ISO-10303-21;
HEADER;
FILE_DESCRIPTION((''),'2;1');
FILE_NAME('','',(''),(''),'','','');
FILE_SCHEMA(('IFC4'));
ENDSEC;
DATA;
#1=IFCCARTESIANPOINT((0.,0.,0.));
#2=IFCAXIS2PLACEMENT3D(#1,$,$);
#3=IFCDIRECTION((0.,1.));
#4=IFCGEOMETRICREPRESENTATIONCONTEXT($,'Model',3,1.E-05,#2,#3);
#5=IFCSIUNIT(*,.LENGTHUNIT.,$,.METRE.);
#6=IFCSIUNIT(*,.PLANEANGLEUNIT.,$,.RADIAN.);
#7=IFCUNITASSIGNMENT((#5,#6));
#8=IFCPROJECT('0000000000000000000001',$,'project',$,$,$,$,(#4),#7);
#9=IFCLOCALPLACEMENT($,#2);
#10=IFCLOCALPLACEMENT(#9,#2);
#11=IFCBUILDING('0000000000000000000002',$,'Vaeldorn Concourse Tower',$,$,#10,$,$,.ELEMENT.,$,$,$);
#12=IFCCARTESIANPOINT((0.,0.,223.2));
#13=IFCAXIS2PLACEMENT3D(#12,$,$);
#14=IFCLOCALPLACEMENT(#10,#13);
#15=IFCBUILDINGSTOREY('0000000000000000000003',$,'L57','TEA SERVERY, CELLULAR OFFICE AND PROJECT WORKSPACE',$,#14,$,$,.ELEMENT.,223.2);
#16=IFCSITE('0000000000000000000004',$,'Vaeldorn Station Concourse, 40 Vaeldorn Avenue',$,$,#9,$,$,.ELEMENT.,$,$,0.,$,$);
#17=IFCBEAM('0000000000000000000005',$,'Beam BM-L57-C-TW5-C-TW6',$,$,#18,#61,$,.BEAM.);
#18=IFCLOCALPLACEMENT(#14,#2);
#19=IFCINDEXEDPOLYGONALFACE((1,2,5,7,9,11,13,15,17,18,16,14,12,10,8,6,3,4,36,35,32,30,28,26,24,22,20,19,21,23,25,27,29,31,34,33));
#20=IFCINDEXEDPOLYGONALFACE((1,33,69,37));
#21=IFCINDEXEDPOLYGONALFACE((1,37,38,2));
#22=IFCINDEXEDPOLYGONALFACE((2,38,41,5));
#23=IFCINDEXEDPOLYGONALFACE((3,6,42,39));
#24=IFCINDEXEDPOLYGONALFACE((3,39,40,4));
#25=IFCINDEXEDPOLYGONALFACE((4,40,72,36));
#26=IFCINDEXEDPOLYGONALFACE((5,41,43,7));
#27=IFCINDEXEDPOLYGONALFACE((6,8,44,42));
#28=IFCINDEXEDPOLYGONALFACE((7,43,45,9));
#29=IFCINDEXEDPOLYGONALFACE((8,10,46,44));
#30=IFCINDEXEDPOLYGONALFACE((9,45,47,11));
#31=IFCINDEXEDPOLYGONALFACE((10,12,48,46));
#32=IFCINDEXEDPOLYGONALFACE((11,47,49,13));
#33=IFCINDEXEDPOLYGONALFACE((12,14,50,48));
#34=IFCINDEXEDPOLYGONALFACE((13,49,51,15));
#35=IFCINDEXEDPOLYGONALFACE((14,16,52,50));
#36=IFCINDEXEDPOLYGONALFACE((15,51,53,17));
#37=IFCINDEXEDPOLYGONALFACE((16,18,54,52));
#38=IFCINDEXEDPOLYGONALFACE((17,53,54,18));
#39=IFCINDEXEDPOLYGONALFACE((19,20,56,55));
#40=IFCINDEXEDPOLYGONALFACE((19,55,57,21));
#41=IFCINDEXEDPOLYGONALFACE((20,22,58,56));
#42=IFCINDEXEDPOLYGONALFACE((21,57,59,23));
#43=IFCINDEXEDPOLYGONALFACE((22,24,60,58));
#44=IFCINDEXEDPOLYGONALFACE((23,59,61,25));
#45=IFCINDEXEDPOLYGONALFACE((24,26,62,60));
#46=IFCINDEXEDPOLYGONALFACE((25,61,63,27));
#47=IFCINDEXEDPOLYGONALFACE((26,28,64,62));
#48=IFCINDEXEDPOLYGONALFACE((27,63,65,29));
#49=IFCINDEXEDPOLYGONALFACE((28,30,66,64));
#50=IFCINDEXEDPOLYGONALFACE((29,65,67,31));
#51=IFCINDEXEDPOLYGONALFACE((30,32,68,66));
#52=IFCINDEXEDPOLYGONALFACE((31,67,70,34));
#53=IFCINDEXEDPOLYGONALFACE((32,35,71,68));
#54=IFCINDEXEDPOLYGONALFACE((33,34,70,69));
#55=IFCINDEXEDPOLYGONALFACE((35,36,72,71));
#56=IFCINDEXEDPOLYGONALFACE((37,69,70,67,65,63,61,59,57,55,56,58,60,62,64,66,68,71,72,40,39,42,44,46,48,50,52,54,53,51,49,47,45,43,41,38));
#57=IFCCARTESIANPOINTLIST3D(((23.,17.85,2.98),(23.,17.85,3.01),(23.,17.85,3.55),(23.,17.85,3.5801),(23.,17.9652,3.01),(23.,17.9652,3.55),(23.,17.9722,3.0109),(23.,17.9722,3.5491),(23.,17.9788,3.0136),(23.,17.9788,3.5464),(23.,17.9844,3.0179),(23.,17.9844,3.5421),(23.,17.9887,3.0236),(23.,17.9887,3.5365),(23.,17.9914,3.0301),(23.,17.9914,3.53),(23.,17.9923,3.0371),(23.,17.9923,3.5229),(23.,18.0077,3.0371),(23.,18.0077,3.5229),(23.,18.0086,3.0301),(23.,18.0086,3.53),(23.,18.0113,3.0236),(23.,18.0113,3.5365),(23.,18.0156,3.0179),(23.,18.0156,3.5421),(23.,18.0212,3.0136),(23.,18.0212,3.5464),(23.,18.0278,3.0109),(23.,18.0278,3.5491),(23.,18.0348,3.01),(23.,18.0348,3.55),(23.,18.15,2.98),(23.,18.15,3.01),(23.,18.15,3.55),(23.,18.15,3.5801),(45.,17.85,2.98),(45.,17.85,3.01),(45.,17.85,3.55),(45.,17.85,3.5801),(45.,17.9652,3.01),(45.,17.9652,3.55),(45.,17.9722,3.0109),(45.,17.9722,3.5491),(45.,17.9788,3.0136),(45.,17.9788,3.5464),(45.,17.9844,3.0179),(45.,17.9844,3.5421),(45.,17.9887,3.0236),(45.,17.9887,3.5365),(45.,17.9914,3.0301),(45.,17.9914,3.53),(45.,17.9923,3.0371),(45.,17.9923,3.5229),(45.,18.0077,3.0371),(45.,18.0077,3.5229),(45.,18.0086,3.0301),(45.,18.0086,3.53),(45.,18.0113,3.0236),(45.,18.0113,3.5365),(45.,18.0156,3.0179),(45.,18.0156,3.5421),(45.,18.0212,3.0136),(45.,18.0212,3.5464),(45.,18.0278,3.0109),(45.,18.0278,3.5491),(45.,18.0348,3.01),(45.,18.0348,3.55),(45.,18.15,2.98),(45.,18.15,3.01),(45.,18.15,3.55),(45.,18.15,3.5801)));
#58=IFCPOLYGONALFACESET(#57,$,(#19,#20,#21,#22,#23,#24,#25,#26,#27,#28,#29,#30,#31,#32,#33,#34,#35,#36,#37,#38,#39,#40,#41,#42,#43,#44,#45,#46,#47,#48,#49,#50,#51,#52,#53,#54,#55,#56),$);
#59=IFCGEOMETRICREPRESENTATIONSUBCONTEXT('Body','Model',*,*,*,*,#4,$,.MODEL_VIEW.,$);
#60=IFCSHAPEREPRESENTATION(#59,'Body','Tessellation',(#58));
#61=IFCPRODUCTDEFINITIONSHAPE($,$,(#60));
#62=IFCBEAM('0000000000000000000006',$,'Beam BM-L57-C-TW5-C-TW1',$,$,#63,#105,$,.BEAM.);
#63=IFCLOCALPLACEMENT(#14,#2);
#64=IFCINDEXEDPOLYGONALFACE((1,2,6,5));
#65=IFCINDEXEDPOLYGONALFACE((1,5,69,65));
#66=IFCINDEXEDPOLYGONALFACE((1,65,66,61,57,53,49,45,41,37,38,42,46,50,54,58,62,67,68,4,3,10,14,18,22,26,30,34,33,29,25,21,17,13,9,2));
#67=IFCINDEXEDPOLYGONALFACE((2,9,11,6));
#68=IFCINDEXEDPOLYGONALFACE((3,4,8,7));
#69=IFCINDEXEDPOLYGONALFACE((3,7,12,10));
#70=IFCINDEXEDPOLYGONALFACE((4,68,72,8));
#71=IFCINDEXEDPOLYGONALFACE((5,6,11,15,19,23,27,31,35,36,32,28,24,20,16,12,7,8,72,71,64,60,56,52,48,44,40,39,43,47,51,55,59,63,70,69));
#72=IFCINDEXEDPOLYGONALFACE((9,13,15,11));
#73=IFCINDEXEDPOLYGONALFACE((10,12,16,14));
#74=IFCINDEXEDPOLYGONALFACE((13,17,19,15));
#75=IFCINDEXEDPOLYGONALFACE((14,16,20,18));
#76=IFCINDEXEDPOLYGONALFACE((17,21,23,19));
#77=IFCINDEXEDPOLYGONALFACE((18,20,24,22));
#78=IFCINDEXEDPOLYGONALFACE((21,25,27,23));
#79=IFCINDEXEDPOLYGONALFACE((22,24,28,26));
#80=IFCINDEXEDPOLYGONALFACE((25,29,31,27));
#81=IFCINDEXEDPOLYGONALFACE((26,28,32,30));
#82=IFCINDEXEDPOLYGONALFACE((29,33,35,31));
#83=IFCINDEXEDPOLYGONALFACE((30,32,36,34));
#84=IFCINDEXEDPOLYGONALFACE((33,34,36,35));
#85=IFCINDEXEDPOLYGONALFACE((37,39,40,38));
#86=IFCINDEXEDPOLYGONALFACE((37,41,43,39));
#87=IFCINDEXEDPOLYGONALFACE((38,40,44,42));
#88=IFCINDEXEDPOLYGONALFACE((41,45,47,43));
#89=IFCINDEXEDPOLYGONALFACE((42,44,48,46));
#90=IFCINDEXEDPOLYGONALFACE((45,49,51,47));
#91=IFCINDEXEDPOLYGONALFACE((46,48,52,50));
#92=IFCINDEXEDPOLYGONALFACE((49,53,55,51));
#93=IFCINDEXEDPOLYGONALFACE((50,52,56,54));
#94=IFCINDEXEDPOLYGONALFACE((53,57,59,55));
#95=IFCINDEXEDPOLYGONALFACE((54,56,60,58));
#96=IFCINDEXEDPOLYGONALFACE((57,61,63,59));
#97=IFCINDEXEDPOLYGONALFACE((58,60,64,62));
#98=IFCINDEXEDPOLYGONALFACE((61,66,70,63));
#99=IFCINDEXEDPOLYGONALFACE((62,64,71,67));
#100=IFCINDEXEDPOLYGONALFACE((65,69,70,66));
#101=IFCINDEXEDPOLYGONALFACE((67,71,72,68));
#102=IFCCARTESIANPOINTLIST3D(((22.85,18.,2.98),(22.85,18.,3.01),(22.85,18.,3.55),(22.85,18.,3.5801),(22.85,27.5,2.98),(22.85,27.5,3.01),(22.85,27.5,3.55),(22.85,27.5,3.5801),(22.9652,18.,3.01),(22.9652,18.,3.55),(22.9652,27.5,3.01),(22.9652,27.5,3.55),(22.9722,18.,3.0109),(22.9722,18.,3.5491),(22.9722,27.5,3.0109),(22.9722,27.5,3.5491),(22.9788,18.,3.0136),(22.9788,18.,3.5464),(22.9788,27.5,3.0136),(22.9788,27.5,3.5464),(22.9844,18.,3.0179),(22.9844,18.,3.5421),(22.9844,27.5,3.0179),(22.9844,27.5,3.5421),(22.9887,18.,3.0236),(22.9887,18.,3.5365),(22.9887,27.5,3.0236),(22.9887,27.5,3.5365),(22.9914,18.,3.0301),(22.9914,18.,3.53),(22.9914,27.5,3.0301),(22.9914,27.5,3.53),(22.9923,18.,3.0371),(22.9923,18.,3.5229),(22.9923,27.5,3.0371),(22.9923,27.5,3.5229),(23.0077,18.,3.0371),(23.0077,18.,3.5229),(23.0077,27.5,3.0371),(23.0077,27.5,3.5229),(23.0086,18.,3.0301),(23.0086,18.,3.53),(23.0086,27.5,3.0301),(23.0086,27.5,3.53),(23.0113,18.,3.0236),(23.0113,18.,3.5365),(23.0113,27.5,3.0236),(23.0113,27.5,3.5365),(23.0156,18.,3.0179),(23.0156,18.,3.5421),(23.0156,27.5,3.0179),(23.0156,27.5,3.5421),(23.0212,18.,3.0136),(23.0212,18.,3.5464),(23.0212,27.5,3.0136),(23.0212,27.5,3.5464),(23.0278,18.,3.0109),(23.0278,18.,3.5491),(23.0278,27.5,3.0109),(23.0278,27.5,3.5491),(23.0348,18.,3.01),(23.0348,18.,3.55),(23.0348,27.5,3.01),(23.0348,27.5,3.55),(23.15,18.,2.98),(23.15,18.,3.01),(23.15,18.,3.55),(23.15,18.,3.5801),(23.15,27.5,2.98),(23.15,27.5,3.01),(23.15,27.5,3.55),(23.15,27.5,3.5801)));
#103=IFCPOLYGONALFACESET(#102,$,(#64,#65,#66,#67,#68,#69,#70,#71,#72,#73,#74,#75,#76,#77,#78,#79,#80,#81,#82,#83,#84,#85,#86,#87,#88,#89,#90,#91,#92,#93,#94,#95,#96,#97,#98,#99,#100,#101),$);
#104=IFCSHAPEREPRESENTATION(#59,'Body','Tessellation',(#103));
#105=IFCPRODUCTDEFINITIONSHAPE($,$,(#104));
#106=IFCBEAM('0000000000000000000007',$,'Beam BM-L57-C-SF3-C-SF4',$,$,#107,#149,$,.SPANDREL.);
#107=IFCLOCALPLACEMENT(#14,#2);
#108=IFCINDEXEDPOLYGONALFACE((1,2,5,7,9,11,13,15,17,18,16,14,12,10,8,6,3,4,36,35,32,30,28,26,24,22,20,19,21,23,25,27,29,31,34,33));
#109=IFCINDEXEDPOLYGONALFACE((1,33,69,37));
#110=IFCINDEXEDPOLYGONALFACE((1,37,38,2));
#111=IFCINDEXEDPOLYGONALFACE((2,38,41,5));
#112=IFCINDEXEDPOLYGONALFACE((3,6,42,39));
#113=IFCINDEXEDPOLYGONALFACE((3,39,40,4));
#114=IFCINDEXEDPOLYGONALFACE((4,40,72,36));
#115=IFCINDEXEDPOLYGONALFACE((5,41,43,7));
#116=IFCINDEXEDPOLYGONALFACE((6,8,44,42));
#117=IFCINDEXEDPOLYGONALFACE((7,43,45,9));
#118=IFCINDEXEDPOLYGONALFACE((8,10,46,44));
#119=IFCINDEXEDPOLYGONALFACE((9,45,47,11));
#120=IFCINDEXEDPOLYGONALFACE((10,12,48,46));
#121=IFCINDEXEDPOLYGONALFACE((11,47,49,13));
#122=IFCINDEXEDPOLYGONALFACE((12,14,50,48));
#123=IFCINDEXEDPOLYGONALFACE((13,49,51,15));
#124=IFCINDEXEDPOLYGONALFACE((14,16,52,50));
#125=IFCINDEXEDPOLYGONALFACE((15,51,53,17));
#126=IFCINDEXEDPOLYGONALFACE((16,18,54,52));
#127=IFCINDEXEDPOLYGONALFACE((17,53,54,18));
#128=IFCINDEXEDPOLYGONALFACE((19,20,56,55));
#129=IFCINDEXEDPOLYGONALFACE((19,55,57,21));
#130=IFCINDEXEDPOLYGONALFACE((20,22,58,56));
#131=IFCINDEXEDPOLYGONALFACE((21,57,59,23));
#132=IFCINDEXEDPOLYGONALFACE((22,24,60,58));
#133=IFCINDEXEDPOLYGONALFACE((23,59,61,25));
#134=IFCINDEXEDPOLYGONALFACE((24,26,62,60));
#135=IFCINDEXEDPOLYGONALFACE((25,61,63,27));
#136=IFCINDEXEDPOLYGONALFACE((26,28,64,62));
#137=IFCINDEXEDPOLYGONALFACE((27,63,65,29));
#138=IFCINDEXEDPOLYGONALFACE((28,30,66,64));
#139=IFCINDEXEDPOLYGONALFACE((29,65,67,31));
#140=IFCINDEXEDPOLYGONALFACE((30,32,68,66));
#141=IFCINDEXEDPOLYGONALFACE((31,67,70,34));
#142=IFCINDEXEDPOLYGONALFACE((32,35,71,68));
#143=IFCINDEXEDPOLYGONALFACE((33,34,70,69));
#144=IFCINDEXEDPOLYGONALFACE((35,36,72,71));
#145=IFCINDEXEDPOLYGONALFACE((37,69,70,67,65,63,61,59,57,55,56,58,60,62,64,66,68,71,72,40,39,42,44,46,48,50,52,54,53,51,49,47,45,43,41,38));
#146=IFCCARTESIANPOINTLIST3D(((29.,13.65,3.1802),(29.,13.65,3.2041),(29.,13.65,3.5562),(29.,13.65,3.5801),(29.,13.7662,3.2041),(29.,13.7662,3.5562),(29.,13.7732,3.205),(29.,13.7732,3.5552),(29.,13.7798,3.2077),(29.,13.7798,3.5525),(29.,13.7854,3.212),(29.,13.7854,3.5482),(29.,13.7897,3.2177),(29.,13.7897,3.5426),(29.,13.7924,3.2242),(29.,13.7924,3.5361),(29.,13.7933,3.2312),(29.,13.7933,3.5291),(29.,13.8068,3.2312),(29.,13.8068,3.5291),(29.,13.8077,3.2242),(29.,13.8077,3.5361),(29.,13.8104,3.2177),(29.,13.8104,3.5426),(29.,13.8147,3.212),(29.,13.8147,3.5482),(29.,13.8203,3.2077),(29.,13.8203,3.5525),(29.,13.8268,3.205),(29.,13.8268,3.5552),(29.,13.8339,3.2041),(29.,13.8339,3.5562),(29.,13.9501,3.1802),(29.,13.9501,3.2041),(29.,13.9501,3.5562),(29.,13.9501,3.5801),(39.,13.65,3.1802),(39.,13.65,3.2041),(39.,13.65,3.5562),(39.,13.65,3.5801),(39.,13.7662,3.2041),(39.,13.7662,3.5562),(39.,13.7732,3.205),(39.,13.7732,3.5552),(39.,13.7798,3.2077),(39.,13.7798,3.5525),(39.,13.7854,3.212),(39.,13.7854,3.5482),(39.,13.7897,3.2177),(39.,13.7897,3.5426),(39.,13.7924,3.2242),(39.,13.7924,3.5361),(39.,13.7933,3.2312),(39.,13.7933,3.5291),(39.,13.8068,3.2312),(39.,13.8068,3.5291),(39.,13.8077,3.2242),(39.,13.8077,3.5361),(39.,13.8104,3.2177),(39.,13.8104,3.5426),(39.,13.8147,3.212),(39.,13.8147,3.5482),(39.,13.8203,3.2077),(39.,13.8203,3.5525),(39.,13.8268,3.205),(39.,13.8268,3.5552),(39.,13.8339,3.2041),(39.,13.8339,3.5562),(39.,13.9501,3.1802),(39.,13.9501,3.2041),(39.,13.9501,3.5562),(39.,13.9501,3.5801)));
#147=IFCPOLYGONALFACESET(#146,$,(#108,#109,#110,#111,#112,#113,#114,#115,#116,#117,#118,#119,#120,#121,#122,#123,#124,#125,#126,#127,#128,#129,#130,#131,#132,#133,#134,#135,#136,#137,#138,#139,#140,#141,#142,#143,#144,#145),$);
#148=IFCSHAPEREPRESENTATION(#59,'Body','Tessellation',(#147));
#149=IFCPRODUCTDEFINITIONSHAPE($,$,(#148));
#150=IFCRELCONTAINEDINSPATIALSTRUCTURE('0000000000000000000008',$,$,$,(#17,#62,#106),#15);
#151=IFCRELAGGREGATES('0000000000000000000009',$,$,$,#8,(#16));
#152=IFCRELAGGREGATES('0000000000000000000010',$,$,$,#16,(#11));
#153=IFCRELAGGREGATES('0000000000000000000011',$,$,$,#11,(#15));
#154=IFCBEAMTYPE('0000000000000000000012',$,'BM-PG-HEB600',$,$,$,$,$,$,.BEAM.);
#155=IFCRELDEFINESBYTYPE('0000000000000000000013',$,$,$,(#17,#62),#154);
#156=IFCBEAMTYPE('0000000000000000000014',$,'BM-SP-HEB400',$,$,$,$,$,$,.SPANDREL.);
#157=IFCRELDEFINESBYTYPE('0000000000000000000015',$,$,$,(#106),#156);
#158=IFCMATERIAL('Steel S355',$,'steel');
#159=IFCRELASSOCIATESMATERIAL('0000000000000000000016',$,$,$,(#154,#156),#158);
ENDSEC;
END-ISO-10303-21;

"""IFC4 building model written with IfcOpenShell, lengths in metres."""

from ifc_helpers import new_model, si_unit, direction, frame, origin, origin_2d, place, context, subcontext, project, spatial, i_section, extrude, source, transform, mapped, material, material_profile, profile_set, type_object, element, save


model = new_model("IFC4")

# Units and contexts
model_context = context("Model", 3, precision=1e-05, world=origin(), true_north=direction((0.0, 1.0)))
body_context = subcontext(model_context, "Body", "Model", "MODEL_VIEW")
ifc_project = project(units=[si_unit("LENGTHUNIT", "METRE"), si_unit("PLANEANGLEUNIT", "RADIAN")], contexts=[model_context])

# Site, building, storey
site_placement = place(None, origin())
site = spatial("IfcSite", under=ifc_project, at=site_placement, Name="Vaeldorn Station Concourse, 40 Vaeldorn Avenue", CompositionType="ELEMENT", RefElevation=0.0)
building_placement = place(site_placement, origin())
building = spatial("IfcBuilding", under=site, at=building_placement, Name="Vaeldorn Concourse Tower", CompositionType="ELEMENT")
storey_placement = place(building_placement, frame((0.0, 0.0, 223.2)))
storey = spatial("IfcBuildingStorey", under=building, at=storey_placement, Name="L57", Description="TEA SERVERY, CELLULAR OFFICE AND PROJECT WORKSPACE", CompositionType="ELEMENT", Elevation=223.2)

# Shared definitions
ifc_material_1 = material(Name="Steel S355", Category="steel")

# Beams
ifc_material_profile_1 = material_profile(ifc_material_1, i_section(OverallWidth=0.3, OverallDepth=0.6001, WebThickness=0.0154, FlangeThickness=0.03, FilletRadius=0.0271, at=origin_2d()), Name="HEB 600")
ifc_profile_set_1 = profile_set([ifc_material_profile_1], Name="Steel S355")
beam_type_1 = type_object("IfcBeamType", Name="BM-PG-HEB600", PredefinedType="BEAM", material=ifc_profile_set_1)
shared_shape_1 = source(origin(), body_context, "Body", "SweptSolid", [
    extrude(i_section(OverallWidth=0.3, OverallDepth=0.6001, WebThickness=0.0154, FlangeThickness=0.03, FilletRadius=0.0271, at=origin_2d()), origin(), (0.0, 0.0, 1.0), 22.0),
])
beam_1_placement = place(storey_placement, frame((23.0, 18.0, 3.28), z_axis=(1.0, 0.0, 0.0), x_axis=(0.0, 1.0, 0.0)))
element("IfcBeam", 1, at=beam_1_placement, inside=storey, type_object=beam_type_1, Name="Beam BM-L57-C-TW5-C-TW6", PredefinedType="BEAM", context=body_context, shape_type="MappedRepresentation", body=[
    mapped(shared_shape_1, transform((0.0, 0.0, 0.0), scale=1.0)),
])
shared_shape_2 = source(origin(), body_context, "Body", "SweptSolid", [
    extrude(i_section(OverallWidth=0.3, OverallDepth=0.6001, WebThickness=0.0154, FlangeThickness=0.03, FilletRadius=0.0271, at=origin_2d()), origin(), (0.0, 0.0, 1.0), 9.5),
])
beam_2_placement = place(storey_placement, frame((23.0, 18.0, 3.28), z_axis=(0.0, 1.0, 0.0), x_axis=(-1.0, 0.0, 0.0)))
element("IfcBeam", 2, at=beam_2_placement, inside=storey, type_object=beam_type_1, Name="Beam BM-L57-C-TW5-C-TW1", PredefinedType="BEAM", context=body_context, shape_type="MappedRepresentation", body=[
    mapped(shared_shape_2, transform((0.0, 0.0, 0.0), scale=1.0)),
])
ifc_material_profile_2 = material_profile(ifc_material_1, i_section(OverallWidth=0.3, OverallDepth=0.3999, WebThickness=0.0134, FlangeThickness=0.0239, FilletRadius=0.0271, at=origin_2d()), Name="HEB 400")
ifc_profile_set_2 = profile_set([ifc_material_profile_2], Name="Steel S355")
beam_type_2 = type_object("IfcBeamType", Name="BM-SP-HEB400", PredefinedType="SPANDREL", material=ifc_profile_set_2)
shared_shape_3 = source(origin(), body_context, "Body", "SweptSolid", [
    extrude(i_section(OverallWidth=0.3, OverallDepth=0.3999, WebThickness=0.0134, FlangeThickness=0.0239, FilletRadius=0.0271, at=origin_2d()), origin(), (0.0, 0.0, 1.0), 10.0),
])
beam_3_placement = place(storey_placement, frame((29.0, 13.8, 3.3801), z_axis=(1.0, 0.0, 0.0), x_axis=(0.0, 1.0, 0.0)))
element("IfcBeam", 3, at=beam_3_placement, inside=storey, type_object=beam_type_2, Name="Beam BM-L57-C-SF3-C-SF4", PredefinedType="SPANDREL", context=body_context, shape_type="MappedRepresentation", body=[
    mapped(shared_shape_3, transform((0.0, 0.0, 0.0), scale=1.0)),
])

save(model, "model.ifc")
